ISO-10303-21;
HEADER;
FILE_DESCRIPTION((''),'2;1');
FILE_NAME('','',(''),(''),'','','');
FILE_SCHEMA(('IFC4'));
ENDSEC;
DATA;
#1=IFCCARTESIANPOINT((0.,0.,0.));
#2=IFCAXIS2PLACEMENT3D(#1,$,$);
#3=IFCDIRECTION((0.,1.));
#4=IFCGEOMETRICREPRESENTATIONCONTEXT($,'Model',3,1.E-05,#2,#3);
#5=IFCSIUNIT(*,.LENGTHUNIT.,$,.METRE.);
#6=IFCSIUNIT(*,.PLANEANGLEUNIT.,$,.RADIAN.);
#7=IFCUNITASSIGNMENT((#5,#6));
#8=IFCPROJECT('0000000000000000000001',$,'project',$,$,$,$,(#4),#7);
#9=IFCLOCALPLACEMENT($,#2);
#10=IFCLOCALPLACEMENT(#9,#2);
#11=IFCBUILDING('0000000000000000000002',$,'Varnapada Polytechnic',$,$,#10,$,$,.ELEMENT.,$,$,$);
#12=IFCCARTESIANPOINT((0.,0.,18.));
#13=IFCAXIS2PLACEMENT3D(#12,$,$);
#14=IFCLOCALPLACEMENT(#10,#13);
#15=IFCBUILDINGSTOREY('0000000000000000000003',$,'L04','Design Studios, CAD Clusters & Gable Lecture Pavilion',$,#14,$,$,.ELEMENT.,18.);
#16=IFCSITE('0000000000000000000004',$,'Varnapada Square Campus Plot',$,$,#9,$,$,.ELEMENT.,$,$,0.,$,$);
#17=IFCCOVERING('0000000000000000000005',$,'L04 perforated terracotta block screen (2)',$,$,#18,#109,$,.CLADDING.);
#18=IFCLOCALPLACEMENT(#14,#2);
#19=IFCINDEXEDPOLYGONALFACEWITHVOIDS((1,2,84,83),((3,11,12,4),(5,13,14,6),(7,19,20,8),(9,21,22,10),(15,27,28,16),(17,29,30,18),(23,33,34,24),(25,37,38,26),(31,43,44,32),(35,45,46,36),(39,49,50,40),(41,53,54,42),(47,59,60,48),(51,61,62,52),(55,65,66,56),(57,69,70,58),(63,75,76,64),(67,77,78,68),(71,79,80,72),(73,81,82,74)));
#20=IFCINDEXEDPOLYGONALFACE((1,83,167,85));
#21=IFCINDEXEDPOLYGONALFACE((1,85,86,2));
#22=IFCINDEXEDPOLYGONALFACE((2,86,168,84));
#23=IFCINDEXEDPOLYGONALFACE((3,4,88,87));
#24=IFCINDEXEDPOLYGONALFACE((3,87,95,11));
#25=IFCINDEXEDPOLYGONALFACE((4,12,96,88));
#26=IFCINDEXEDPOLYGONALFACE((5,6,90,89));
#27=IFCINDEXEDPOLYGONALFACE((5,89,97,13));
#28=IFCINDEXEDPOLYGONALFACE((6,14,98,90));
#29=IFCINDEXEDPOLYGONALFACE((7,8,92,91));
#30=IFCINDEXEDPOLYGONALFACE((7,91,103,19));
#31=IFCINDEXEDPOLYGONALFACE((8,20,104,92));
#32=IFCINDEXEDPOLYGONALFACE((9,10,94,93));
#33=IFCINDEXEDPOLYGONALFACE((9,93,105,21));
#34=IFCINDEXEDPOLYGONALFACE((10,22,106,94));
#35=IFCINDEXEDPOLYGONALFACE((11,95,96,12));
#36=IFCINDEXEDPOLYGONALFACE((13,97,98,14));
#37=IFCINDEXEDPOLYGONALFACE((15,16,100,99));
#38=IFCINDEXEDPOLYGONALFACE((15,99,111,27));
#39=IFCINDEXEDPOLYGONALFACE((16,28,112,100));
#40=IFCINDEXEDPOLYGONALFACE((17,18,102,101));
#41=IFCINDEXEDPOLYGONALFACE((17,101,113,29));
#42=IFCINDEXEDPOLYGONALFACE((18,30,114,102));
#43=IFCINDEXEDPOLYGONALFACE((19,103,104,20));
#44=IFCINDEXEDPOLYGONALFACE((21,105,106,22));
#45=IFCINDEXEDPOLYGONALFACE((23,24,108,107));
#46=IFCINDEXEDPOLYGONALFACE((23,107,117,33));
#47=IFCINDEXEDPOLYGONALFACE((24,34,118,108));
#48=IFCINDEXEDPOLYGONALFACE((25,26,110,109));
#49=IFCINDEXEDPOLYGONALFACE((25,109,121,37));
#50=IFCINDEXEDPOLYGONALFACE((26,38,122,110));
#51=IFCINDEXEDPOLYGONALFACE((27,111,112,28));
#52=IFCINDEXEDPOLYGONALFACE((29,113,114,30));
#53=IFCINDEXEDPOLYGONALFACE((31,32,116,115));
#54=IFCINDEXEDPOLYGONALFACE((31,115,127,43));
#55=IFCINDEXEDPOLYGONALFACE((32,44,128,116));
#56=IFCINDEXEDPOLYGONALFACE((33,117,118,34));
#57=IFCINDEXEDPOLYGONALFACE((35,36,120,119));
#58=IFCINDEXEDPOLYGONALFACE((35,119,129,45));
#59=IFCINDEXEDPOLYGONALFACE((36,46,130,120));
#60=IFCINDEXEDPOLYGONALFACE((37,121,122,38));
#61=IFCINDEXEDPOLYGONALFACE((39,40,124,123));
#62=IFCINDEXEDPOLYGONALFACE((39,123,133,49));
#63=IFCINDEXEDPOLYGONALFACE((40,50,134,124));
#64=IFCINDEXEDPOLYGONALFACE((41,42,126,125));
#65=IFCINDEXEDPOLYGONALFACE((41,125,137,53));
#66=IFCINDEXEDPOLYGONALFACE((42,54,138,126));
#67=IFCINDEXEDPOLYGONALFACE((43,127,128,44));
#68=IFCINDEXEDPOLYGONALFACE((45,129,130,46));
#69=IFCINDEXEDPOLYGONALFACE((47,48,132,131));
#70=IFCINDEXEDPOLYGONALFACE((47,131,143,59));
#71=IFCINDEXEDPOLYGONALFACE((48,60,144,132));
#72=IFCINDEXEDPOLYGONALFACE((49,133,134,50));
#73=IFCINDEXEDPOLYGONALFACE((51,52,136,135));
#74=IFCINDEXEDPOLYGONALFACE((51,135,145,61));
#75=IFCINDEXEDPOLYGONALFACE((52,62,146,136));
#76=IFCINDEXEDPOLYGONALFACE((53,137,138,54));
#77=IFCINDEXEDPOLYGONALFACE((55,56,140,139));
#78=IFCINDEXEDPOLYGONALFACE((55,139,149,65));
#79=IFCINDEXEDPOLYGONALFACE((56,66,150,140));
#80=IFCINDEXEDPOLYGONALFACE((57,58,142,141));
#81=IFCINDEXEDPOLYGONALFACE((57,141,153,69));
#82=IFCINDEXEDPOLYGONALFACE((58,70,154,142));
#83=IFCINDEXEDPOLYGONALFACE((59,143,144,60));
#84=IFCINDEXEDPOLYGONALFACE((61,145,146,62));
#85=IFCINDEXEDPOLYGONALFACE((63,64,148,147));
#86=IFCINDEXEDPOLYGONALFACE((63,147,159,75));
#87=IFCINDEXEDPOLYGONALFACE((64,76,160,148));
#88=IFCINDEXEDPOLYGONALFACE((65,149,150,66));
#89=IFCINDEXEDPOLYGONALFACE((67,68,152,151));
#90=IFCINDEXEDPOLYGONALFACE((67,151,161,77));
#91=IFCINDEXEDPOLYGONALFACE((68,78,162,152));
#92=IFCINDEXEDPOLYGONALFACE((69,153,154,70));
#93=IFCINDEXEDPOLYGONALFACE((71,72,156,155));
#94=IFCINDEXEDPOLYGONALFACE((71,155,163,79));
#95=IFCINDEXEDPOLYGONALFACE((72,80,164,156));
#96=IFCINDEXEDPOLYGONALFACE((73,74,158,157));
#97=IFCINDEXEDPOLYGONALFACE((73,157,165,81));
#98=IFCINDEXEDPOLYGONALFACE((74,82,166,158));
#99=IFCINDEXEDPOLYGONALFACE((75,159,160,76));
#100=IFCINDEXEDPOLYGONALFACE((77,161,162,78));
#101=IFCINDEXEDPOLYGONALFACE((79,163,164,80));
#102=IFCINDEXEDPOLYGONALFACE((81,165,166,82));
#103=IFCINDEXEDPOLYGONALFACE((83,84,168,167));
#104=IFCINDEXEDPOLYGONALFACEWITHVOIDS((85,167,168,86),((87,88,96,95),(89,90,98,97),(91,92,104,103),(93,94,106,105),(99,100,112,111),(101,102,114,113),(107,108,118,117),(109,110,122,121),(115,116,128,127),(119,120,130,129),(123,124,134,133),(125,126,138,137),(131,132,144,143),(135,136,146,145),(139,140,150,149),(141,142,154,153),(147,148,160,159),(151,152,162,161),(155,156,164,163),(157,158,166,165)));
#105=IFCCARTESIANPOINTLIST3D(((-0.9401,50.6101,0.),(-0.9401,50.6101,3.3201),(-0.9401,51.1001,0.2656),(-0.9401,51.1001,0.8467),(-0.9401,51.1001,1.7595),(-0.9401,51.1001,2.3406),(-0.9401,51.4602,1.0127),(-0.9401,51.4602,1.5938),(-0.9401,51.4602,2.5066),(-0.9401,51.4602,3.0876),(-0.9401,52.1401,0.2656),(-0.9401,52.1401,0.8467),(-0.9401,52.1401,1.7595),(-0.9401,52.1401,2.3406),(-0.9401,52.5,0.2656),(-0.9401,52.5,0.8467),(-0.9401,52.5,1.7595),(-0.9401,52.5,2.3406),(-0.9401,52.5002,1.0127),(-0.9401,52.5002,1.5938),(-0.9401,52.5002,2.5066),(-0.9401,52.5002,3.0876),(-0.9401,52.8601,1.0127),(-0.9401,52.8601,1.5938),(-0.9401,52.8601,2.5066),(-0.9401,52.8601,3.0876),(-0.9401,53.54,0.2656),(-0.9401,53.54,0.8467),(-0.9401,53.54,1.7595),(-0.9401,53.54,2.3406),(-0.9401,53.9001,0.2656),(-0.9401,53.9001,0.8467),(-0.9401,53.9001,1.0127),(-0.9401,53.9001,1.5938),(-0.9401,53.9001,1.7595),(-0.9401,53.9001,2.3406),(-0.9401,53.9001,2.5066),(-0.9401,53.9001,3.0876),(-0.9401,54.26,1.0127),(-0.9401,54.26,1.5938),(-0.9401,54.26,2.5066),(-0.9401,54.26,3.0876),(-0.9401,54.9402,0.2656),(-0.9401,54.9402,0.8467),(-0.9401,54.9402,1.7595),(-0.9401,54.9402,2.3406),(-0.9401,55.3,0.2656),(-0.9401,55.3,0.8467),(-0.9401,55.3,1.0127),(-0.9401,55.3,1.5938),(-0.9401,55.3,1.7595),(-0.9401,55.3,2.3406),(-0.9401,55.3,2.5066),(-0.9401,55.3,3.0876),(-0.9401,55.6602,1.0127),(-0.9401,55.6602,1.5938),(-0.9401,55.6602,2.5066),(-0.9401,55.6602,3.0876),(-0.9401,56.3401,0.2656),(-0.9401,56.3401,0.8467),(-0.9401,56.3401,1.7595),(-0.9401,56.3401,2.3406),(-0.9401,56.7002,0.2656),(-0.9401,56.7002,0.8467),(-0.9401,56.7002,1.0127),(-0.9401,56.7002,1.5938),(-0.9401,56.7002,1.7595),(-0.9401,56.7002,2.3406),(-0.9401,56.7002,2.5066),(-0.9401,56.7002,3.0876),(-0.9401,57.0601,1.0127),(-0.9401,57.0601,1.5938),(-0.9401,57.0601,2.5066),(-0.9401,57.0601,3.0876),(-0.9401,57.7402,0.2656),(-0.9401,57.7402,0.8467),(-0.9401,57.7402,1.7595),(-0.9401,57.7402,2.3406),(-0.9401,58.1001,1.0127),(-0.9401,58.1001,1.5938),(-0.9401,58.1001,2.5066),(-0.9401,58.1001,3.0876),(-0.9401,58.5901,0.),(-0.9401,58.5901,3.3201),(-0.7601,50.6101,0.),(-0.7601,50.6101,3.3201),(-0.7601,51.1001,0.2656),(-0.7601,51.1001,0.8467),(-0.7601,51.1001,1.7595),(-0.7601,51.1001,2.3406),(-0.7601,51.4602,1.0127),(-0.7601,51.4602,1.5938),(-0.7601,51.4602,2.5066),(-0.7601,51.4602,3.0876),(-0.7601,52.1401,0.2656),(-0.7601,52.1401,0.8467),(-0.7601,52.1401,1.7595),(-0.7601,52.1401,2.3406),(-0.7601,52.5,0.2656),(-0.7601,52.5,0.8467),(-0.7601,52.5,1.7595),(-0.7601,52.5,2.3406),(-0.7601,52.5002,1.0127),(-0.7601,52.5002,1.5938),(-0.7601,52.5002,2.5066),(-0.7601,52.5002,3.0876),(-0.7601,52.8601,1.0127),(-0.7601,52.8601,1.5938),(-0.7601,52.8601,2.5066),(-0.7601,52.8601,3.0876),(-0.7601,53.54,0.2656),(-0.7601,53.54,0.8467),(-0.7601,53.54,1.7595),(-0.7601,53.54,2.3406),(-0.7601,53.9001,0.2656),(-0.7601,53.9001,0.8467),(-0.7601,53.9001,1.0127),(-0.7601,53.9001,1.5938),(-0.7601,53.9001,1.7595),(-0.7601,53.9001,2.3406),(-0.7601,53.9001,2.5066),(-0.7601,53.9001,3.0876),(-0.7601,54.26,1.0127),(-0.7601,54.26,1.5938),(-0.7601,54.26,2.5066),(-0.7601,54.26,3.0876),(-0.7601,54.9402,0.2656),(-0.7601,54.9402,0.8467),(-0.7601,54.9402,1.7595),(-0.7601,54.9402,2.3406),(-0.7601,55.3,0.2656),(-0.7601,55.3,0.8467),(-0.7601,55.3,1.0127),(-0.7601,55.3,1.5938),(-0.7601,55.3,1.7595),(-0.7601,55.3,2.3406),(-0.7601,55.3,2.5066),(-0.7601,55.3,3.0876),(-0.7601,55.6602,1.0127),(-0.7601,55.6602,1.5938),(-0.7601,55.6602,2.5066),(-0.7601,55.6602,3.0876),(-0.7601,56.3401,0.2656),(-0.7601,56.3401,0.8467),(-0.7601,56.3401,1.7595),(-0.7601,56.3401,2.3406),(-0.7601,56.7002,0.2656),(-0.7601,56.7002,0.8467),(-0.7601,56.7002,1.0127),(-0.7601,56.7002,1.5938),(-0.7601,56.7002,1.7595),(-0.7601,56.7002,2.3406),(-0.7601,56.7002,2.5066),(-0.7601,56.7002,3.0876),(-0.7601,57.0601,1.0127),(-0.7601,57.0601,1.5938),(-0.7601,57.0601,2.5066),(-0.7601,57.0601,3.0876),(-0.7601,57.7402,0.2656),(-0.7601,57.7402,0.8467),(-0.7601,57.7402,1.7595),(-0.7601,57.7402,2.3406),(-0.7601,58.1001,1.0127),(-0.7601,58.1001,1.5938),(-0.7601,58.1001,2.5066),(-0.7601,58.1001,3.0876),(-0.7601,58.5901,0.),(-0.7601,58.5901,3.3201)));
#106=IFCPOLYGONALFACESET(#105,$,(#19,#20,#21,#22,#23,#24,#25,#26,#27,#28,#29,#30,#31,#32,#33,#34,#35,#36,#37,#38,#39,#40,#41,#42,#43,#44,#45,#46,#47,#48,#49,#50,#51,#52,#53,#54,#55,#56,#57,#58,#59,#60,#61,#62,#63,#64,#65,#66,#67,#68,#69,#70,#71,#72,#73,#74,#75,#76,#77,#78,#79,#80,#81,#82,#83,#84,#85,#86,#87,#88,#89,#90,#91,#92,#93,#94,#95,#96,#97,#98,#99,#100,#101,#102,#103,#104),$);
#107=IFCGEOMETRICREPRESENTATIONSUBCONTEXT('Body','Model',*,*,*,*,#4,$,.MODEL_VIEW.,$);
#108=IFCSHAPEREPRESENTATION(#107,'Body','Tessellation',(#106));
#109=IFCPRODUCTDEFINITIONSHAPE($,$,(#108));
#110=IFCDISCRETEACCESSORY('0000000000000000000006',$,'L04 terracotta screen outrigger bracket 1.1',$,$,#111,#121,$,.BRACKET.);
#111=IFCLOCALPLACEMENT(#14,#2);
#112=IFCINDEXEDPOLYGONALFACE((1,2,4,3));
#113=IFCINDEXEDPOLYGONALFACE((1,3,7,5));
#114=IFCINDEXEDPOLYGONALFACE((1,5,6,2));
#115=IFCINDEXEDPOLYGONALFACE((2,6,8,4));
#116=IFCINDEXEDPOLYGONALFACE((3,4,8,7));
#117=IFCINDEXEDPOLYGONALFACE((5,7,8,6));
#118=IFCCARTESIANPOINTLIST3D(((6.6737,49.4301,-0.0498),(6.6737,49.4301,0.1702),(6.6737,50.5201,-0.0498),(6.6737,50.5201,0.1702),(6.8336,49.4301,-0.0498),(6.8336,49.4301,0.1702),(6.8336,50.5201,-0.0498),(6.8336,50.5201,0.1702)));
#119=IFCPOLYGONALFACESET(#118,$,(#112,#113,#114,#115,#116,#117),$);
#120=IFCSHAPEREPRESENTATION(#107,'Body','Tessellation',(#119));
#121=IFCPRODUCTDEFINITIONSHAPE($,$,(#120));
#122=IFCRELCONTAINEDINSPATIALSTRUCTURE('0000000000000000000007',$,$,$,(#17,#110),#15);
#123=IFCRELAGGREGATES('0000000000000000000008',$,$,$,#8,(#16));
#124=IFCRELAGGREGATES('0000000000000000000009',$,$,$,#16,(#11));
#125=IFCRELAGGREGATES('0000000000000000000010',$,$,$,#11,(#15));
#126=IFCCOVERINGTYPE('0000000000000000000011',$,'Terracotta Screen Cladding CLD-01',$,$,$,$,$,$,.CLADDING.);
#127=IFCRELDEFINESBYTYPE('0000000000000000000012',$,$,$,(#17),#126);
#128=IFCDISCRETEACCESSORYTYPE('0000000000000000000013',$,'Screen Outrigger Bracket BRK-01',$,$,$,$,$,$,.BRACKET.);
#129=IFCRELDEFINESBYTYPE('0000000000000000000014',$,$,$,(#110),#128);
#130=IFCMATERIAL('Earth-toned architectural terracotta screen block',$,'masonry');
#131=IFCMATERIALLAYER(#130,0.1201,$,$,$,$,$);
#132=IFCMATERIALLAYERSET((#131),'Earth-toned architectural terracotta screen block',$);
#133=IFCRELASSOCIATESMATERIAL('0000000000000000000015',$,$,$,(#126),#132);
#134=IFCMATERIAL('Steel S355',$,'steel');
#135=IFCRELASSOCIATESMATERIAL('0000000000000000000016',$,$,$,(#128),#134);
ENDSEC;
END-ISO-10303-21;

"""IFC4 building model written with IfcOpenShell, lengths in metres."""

from ifc_helpers import new_model, si_unit, direction, frame, frame_2d, origin, origin_2d, place, context, subcontext, project, spatial, rectangle, extrude, material, layer, layer_set, type_object, element, save


model = new_model("IFC4")

# Units and contexts
model_context = context("Model", 3, precision=1e-05, world=origin(), true_north=direction((0.0, 1.0)))
body_context = subcontext(model_context, "Body", "Model", "MODEL_VIEW")
ifc_project = project(units=[si_unit("LENGTHUNIT", "METRE"), si_unit("PLANEANGLEUNIT", "RADIAN")], contexts=[model_context])

# Site, building, storey
site_placement = place(None, origin())
site = spatial("IfcSite", under=ifc_project, at=site_placement, Name="Varnapada Square Campus Plot", CompositionType="ELEMENT", RefElevation=0.0)
building_placement = place(site_placement, origin())
building = spatial("IfcBuilding", under=site, at=building_placement, Name="Varnapada Polytechnic", CompositionType="ELEMENT")
storey_placement = place(building_placement, frame((0.0, 0.0, 18.0)))
storey = spatial("IfcBuildingStorey", under=building, at=storey_placement, Name="L04", Description="Design Studios, CAD Clusters & Gable Lecture Pavilion", CompositionType="ELEMENT", Elevation=18.0)

# Covering, openings
ifc_material_1 = material(Name="Earth-toned architectural terracotta screen block", Category="masonry")
ifc_layer_1 = layer(ifc_material_1, 0.1201)
ifc_layer_set_1 = layer_set([ifc_layer_1], Name="Earth-toned architectural terracotta screen block")
covering_type = type_object("IfcCoveringType", Name="Terracotta Screen Cladding CLD-01", PredefinedType="CLADDING", material=ifc_layer_set_1)
covering_placement = place(storey_placement, frame((-0.8501, 50.6101, 0.0), z_axis=(0.0, 0.0, 1.0), x_axis=(0.0, 1.0, 0.0)))
covering = element("IfcCovering", 1, at=covering_placement, inside=storey, type_object=covering_type, Name="L04 perforated terracotta block screen (2)", PredefinedType="CLADDING", context=body_context, shape_type="SweptSolid", body=[
    extrude(rectangle(XDim=7.98, YDim=0.1799, at=frame_2d((3.99, 0.0))), origin(), (0.0, 0.0, 1.0), 3.3201),
])
opening_1_placement = place(covering_placement, frame((0.49, 0.0, 0.2656)))
element("IfcOpeningElement", 2, at=opening_1_placement, cuts=covering, PredefinedType="OPENING", context=body_context, shape_type="SweptSolid", body=[
    extrude(rectangle(XDim=1.04, YDim=0.5811, at=frame_2d((0.52, 0.2905))), frame((0.0, 0.0999, 0.0), z_axis=(0.0, -1.0, 0.0), x_axis=(1.0, 0.0, 0.0)), (0.0, 0.0, 1.0), 0.2),
])
opening_2_placement = place(covering_placement, frame((1.8899, 0.0, 0.2656)))
element("IfcOpeningElement", 3, at=opening_2_placement, cuts=covering, PredefinedType="OPENING", context=body_context, shape_type="SweptSolid", body=[
    extrude(rectangle(XDim=1.04, YDim=0.5811, at=frame_2d((0.52, 0.2905))), frame((0.0, 0.0999, 0.0), z_axis=(0.0, -1.0, 0.0), x_axis=(1.0, 0.0, 0.0)), (0.0, 0.0, 1.0), 0.2),
])
opening_3_placement = place(covering_placement, frame((3.29, 0.0, 0.2656)))
element("IfcOpeningElement", 4, at=opening_3_placement, cuts=covering, PredefinedType="OPENING", context=body_context, shape_type="SweptSolid", body=[
    extrude(rectangle(XDim=1.04, YDim=0.5811, at=frame_2d((0.52, 0.2905))), frame((0.0, 0.0999, 0.0), z_axis=(0.0, -1.0, 0.0), x_axis=(1.0, 0.0, 0.0)), (0.0, 0.0, 1.0), 0.2),
])
opening_4_placement = place(covering_placement, frame((4.6899, 0.0, 0.2656)))
element("IfcOpeningElement", 5, at=opening_4_placement, cuts=covering, PredefinedType="OPENING", context=body_context, shape_type="SweptSolid", body=[
    extrude(rectangle(XDim=1.04, YDim=0.5811, at=frame_2d((0.52, 0.2905))), frame((0.0, 0.0999, 0.0), z_axis=(0.0, -1.0, 0.0), x_axis=(1.0, 0.0, 0.0)), (0.0, 0.0, 1.0), 0.2),
])
opening_5_placement = place(covering_placement, frame((6.0901, 0.0, 0.2656)))
element("IfcOpeningElement", 6, at=opening_5_placement, cuts=covering, PredefinedType="OPENING", context=body_context, shape_type="SweptSolid", body=[
    extrude(rectangle(XDim=1.04, YDim=0.5811, at=frame_2d((0.52, 0.2905))), frame((0.0, 0.0999, 0.0), z_axis=(0.0, -1.0, 0.0), x_axis=(1.0, 0.0, 0.0)), (0.0, 0.0, 1.0), 0.2),
])
opening_6_placement = place(covering_placement, frame((0.8501, 0.0, 1.0127)))
element("IfcOpeningElement", 7, at=opening_6_placement, cuts=covering, PredefinedType="OPENING", context=body_context, shape_type="SweptSolid", body=[
    extrude(rectangle(XDim=1.04, YDim=0.5811, at=frame_2d((0.52, 0.2905))), frame((0.0, 0.0999, 0.0), z_axis=(0.0, -1.0, 0.0), x_axis=(1.0, 0.0, 0.0)), (0.0, 0.0, 1.0), 0.2),
])
opening_7_placement = place(covering_placement, frame((2.25, 0.0, 1.0127)))
element("IfcOpeningElement", 8, at=opening_7_placement, cuts=covering, PredefinedType="OPENING", context=body_context, shape_type="SweptSolid", body=[
    extrude(rectangle(XDim=1.04, YDim=0.5811, at=frame_2d((0.52, 0.2905))), frame((0.0, 0.0999, 0.0), z_axis=(0.0, -1.0, 0.0), x_axis=(1.0, 0.0, 0.0)), (0.0, 0.0, 1.0), 0.2),
])
opening_8_placement = place(covering_placement, frame((3.6499, 0.0, 1.0127)))
element("IfcOpeningElement", 9, at=opening_8_placement, cuts=covering, PredefinedType="OPENING", context=body_context, shape_type="SweptSolid", body=[
    extrude(rectangle(XDim=1.04, YDim=0.5811, at=frame_2d((0.52, 0.2905))), frame((0.0, 0.0999, 0.0), z_axis=(0.0, -1.0, 0.0), x_axis=(1.0, 0.0, 0.0)), (0.0, 0.0, 1.0), 0.2),
])
opening_9_placement = place(covering_placement, frame((5.05, 0.0, 1.0127)))
element("IfcOpeningElement", 10, at=opening_9_placement, cuts=covering, PredefinedType="OPENING", context=body_context, shape_type="SweptSolid", body=[
    extrude(rectangle(XDim=1.04, YDim=0.5811, at=frame_2d((0.52, 0.2905))), frame((0.0, 0.0999, 0.0), z_axis=(0.0, -1.0, 0.0), x_axis=(1.0, 0.0, 0.0)), (0.0, 0.0, 1.0), 0.2),
])
opening_10_placement = place(covering_placement, frame((6.45, 0.0, 1.0127)))
element("IfcOpeningElement", 11, at=opening_10_placement, cuts=covering, PredefinedType="OPENING", context=body_context, shape_type="SweptSolid", body=[
    extrude(rectangle(XDim=1.04, YDim=0.5811, at=frame_2d((0.52, 0.2905))), frame((0.0, 0.0999, 0.0), z_axis=(0.0, -1.0, 0.0), x_axis=(1.0, 0.0, 0.0)), (0.0, 0.0, 1.0), 0.2),
])
opening_11_placement = place(covering_placement, frame((0.49, 0.0, 1.7595)))
element("IfcOpeningElement", 12, at=opening_11_placement, cuts=covering, PredefinedType="OPENING", context=body_context, shape_type="SweptSolid", body=[
    extrude(rectangle(XDim=1.04, YDim=0.5811, at=frame_2d((0.52, 0.2905))), frame((0.0, 0.0999, 0.0), z_axis=(0.0, -1.0, 0.0), x_axis=(1.0, 0.0, 0.0)), (0.0, 0.0, 1.0), 0.2),
])
opening_12_placement = place(covering_placement, frame((1.8899, 0.0, 1.7595)))
element("IfcOpeningElement", 13, at=opening_12_placement, cuts=covering, PredefinedType="OPENING", context=body_context, shape_type="SweptSolid", body=[
    extrude(rectangle(XDim=1.04, YDim=0.5811, at=frame_2d((0.52, 0.2905))), frame((0.0, 0.0999, 0.0), z_axis=(0.0, -1.0, 0.0), x_axis=(1.0, 0.0, 0.0)), (0.0, 0.0, 1.0), 0.2),
])
opening_13_placement = place(covering_placement, frame((3.29, 0.0, 1.7595)))
element("IfcOpeningElement", 14, at=opening_13_placement, cuts=covering, PredefinedType="OPENING", context=body_context, shape_type="SweptSolid", body=[
    extrude(rectangle(XDim=1.04, YDim=0.5811, at=frame_2d((0.52, 0.2905))), frame((0.0, 0.0999, 0.0), z_axis=(0.0, -1.0, 0.0), x_axis=(1.0, 0.0, 0.0)), (0.0, 0.0, 1.0), 0.2),
])
opening_14_placement = place(covering_placement, frame((4.6899, 0.0, 1.7595)))
element("IfcOpeningElement", 15, at=opening_14_placement, cuts=covering, PredefinedType="OPENING", context=body_context, shape_type="SweptSolid", body=[
    extrude(rectangle(XDim=1.04, YDim=0.5811, at=frame_2d((0.52, 0.2905))), frame((0.0, 0.0999, 0.0), z_axis=(0.0, -1.0, 0.0), x_axis=(1.0, 0.0, 0.0)), (0.0, 0.0, 1.0), 0.2),
])
opening_15_placement = place(covering_placement, frame((6.0901, 0.0, 1.7595)))
element("IfcOpeningElement", 16, at=opening_15_placement, cuts=covering, PredefinedType="OPENING", context=body_context, shape_type="SweptSolid", body=[
    extrude(rectangle(XDim=1.04, YDim=0.5811, at=frame_2d((0.52, 0.2905))), frame((0.0, 0.0999, 0.0), z_axis=(0.0, -1.0, 0.0), x_axis=(1.0, 0.0, 0.0)), (0.0, 0.0, 1.0), 0.2),
])
opening_16_placement = place(covering_placement, frame((0.8501, 0.0, 2.5066)))
element("IfcOpeningElement", 17, at=opening_16_placement, cuts=covering, PredefinedType="OPENING", context=body_context, shape_type="SweptSolid", body=[
    extrude(rectangle(XDim=1.04, YDim=0.5811, at=frame_2d((0.52, 0.2905))), frame((0.0, 0.0999, 0.0), z_axis=(0.0, -1.0, 0.0), x_axis=(1.0, 0.0, 0.0)), (0.0, 0.0, 1.0), 0.2),
])
opening_17_placement = place(covering_placement, frame((2.25, 0.0, 2.5066)))
element("IfcOpeningElement", 18, at=opening_17_placement, cuts=covering, PredefinedType="OPENING", context=body_context, shape_type="SweptSolid", body=[
    extrude(rectangle(XDim=1.04, YDim=0.5811, at=frame_2d((0.52, 0.2905))), frame((0.0, 0.0999, 0.0), z_axis=(0.0, -1.0, 0.0), x_axis=(1.0, 0.0, 0.0)), (0.0, 0.0, 1.0), 0.2),
])
opening_18_placement = place(covering_placement, frame((3.6499, 0.0, 2.5066)))
element("IfcOpeningElement", 19, at=opening_18_placement, cuts=covering, PredefinedType="OPENING", context=body_context, shape_type="SweptSolid", body=[
    extrude(rectangle(XDim=1.04, YDim=0.5811, at=frame_2d((0.52, 0.2905))), frame((0.0, 0.0999, 0.0), z_axis=(0.0, -1.0, 0.0), x_axis=(1.0, 0.0, 0.0)), (0.0, 0.0, 1.0), 0.2),
])
opening_19_placement = place(covering_placement, frame((5.05, 0.0, 2.5066)))
element("IfcOpeningElement", 20, at=opening_19_placement, cuts=covering, PredefinedType="OPENING", context=body_context, shape_type="SweptSolid", body=[
    extrude(rectangle(XDim=1.04, YDim=0.5811, at=frame_2d((0.52, 0.2905))), frame((0.0, 0.0999, 0.0), z_axis=(0.0, -1.0, 0.0), x_axis=(1.0, 0.0, 0.0)), (0.0, 0.0, 1.0), 0.2),
])
opening_20_placement = place(covering_placement, frame((6.45, 0.0, 2.5066)))
element("IfcOpeningElement", 21, at=opening_20_placement, cuts=covering, PredefinedType="OPENING", context=body_context, shape_type="SweptSolid", body=[
    extrude(rectangle(XDim=1.04, YDim=0.5811, at=frame_2d((0.52, 0.2905))), frame((0.0, 0.0999, 0.0), z_axis=(0.0, -1.0, 0.0), x_axis=(1.0, 0.0, 0.0)), (0.0, 0.0, 1.0), 0.2),
])

# Discrete accessory
ifc_material_2 = material(Name="Steel S355", Category="steel")
discrete_accessory_type = type_object("IfcDiscreteAccessoryType", Name="Screen Outrigger Bracket BRK-01", PredefinedType="BRACKET", material=ifc_material_2)
for number, where, z_axis, x_axis, name in (
    (22, (6.7537, 49.9751, -0.0498), (0.0, 0.0, 1.0), (-1.0, 0.0, 0.0), "L04 terracotta screen outrigger bracket 1.1"),
):
    element("IfcDiscreteAccessory", number, at=place(storey_placement, frame(where, z_axis=z_axis, x_axis=x_axis)), inside=storey, type_object=discrete_accessory_type, Name=name, PredefinedType="BRACKET", context=body_context, shape_type="SweptSolid", body=[
        extrude(rectangle(XDim=0.1599, YDim=1.0901, at=origin_2d()), origin(), (0.0, 0.0, 1.0), 0.22),
    ])

save(model, "model.ifc")
